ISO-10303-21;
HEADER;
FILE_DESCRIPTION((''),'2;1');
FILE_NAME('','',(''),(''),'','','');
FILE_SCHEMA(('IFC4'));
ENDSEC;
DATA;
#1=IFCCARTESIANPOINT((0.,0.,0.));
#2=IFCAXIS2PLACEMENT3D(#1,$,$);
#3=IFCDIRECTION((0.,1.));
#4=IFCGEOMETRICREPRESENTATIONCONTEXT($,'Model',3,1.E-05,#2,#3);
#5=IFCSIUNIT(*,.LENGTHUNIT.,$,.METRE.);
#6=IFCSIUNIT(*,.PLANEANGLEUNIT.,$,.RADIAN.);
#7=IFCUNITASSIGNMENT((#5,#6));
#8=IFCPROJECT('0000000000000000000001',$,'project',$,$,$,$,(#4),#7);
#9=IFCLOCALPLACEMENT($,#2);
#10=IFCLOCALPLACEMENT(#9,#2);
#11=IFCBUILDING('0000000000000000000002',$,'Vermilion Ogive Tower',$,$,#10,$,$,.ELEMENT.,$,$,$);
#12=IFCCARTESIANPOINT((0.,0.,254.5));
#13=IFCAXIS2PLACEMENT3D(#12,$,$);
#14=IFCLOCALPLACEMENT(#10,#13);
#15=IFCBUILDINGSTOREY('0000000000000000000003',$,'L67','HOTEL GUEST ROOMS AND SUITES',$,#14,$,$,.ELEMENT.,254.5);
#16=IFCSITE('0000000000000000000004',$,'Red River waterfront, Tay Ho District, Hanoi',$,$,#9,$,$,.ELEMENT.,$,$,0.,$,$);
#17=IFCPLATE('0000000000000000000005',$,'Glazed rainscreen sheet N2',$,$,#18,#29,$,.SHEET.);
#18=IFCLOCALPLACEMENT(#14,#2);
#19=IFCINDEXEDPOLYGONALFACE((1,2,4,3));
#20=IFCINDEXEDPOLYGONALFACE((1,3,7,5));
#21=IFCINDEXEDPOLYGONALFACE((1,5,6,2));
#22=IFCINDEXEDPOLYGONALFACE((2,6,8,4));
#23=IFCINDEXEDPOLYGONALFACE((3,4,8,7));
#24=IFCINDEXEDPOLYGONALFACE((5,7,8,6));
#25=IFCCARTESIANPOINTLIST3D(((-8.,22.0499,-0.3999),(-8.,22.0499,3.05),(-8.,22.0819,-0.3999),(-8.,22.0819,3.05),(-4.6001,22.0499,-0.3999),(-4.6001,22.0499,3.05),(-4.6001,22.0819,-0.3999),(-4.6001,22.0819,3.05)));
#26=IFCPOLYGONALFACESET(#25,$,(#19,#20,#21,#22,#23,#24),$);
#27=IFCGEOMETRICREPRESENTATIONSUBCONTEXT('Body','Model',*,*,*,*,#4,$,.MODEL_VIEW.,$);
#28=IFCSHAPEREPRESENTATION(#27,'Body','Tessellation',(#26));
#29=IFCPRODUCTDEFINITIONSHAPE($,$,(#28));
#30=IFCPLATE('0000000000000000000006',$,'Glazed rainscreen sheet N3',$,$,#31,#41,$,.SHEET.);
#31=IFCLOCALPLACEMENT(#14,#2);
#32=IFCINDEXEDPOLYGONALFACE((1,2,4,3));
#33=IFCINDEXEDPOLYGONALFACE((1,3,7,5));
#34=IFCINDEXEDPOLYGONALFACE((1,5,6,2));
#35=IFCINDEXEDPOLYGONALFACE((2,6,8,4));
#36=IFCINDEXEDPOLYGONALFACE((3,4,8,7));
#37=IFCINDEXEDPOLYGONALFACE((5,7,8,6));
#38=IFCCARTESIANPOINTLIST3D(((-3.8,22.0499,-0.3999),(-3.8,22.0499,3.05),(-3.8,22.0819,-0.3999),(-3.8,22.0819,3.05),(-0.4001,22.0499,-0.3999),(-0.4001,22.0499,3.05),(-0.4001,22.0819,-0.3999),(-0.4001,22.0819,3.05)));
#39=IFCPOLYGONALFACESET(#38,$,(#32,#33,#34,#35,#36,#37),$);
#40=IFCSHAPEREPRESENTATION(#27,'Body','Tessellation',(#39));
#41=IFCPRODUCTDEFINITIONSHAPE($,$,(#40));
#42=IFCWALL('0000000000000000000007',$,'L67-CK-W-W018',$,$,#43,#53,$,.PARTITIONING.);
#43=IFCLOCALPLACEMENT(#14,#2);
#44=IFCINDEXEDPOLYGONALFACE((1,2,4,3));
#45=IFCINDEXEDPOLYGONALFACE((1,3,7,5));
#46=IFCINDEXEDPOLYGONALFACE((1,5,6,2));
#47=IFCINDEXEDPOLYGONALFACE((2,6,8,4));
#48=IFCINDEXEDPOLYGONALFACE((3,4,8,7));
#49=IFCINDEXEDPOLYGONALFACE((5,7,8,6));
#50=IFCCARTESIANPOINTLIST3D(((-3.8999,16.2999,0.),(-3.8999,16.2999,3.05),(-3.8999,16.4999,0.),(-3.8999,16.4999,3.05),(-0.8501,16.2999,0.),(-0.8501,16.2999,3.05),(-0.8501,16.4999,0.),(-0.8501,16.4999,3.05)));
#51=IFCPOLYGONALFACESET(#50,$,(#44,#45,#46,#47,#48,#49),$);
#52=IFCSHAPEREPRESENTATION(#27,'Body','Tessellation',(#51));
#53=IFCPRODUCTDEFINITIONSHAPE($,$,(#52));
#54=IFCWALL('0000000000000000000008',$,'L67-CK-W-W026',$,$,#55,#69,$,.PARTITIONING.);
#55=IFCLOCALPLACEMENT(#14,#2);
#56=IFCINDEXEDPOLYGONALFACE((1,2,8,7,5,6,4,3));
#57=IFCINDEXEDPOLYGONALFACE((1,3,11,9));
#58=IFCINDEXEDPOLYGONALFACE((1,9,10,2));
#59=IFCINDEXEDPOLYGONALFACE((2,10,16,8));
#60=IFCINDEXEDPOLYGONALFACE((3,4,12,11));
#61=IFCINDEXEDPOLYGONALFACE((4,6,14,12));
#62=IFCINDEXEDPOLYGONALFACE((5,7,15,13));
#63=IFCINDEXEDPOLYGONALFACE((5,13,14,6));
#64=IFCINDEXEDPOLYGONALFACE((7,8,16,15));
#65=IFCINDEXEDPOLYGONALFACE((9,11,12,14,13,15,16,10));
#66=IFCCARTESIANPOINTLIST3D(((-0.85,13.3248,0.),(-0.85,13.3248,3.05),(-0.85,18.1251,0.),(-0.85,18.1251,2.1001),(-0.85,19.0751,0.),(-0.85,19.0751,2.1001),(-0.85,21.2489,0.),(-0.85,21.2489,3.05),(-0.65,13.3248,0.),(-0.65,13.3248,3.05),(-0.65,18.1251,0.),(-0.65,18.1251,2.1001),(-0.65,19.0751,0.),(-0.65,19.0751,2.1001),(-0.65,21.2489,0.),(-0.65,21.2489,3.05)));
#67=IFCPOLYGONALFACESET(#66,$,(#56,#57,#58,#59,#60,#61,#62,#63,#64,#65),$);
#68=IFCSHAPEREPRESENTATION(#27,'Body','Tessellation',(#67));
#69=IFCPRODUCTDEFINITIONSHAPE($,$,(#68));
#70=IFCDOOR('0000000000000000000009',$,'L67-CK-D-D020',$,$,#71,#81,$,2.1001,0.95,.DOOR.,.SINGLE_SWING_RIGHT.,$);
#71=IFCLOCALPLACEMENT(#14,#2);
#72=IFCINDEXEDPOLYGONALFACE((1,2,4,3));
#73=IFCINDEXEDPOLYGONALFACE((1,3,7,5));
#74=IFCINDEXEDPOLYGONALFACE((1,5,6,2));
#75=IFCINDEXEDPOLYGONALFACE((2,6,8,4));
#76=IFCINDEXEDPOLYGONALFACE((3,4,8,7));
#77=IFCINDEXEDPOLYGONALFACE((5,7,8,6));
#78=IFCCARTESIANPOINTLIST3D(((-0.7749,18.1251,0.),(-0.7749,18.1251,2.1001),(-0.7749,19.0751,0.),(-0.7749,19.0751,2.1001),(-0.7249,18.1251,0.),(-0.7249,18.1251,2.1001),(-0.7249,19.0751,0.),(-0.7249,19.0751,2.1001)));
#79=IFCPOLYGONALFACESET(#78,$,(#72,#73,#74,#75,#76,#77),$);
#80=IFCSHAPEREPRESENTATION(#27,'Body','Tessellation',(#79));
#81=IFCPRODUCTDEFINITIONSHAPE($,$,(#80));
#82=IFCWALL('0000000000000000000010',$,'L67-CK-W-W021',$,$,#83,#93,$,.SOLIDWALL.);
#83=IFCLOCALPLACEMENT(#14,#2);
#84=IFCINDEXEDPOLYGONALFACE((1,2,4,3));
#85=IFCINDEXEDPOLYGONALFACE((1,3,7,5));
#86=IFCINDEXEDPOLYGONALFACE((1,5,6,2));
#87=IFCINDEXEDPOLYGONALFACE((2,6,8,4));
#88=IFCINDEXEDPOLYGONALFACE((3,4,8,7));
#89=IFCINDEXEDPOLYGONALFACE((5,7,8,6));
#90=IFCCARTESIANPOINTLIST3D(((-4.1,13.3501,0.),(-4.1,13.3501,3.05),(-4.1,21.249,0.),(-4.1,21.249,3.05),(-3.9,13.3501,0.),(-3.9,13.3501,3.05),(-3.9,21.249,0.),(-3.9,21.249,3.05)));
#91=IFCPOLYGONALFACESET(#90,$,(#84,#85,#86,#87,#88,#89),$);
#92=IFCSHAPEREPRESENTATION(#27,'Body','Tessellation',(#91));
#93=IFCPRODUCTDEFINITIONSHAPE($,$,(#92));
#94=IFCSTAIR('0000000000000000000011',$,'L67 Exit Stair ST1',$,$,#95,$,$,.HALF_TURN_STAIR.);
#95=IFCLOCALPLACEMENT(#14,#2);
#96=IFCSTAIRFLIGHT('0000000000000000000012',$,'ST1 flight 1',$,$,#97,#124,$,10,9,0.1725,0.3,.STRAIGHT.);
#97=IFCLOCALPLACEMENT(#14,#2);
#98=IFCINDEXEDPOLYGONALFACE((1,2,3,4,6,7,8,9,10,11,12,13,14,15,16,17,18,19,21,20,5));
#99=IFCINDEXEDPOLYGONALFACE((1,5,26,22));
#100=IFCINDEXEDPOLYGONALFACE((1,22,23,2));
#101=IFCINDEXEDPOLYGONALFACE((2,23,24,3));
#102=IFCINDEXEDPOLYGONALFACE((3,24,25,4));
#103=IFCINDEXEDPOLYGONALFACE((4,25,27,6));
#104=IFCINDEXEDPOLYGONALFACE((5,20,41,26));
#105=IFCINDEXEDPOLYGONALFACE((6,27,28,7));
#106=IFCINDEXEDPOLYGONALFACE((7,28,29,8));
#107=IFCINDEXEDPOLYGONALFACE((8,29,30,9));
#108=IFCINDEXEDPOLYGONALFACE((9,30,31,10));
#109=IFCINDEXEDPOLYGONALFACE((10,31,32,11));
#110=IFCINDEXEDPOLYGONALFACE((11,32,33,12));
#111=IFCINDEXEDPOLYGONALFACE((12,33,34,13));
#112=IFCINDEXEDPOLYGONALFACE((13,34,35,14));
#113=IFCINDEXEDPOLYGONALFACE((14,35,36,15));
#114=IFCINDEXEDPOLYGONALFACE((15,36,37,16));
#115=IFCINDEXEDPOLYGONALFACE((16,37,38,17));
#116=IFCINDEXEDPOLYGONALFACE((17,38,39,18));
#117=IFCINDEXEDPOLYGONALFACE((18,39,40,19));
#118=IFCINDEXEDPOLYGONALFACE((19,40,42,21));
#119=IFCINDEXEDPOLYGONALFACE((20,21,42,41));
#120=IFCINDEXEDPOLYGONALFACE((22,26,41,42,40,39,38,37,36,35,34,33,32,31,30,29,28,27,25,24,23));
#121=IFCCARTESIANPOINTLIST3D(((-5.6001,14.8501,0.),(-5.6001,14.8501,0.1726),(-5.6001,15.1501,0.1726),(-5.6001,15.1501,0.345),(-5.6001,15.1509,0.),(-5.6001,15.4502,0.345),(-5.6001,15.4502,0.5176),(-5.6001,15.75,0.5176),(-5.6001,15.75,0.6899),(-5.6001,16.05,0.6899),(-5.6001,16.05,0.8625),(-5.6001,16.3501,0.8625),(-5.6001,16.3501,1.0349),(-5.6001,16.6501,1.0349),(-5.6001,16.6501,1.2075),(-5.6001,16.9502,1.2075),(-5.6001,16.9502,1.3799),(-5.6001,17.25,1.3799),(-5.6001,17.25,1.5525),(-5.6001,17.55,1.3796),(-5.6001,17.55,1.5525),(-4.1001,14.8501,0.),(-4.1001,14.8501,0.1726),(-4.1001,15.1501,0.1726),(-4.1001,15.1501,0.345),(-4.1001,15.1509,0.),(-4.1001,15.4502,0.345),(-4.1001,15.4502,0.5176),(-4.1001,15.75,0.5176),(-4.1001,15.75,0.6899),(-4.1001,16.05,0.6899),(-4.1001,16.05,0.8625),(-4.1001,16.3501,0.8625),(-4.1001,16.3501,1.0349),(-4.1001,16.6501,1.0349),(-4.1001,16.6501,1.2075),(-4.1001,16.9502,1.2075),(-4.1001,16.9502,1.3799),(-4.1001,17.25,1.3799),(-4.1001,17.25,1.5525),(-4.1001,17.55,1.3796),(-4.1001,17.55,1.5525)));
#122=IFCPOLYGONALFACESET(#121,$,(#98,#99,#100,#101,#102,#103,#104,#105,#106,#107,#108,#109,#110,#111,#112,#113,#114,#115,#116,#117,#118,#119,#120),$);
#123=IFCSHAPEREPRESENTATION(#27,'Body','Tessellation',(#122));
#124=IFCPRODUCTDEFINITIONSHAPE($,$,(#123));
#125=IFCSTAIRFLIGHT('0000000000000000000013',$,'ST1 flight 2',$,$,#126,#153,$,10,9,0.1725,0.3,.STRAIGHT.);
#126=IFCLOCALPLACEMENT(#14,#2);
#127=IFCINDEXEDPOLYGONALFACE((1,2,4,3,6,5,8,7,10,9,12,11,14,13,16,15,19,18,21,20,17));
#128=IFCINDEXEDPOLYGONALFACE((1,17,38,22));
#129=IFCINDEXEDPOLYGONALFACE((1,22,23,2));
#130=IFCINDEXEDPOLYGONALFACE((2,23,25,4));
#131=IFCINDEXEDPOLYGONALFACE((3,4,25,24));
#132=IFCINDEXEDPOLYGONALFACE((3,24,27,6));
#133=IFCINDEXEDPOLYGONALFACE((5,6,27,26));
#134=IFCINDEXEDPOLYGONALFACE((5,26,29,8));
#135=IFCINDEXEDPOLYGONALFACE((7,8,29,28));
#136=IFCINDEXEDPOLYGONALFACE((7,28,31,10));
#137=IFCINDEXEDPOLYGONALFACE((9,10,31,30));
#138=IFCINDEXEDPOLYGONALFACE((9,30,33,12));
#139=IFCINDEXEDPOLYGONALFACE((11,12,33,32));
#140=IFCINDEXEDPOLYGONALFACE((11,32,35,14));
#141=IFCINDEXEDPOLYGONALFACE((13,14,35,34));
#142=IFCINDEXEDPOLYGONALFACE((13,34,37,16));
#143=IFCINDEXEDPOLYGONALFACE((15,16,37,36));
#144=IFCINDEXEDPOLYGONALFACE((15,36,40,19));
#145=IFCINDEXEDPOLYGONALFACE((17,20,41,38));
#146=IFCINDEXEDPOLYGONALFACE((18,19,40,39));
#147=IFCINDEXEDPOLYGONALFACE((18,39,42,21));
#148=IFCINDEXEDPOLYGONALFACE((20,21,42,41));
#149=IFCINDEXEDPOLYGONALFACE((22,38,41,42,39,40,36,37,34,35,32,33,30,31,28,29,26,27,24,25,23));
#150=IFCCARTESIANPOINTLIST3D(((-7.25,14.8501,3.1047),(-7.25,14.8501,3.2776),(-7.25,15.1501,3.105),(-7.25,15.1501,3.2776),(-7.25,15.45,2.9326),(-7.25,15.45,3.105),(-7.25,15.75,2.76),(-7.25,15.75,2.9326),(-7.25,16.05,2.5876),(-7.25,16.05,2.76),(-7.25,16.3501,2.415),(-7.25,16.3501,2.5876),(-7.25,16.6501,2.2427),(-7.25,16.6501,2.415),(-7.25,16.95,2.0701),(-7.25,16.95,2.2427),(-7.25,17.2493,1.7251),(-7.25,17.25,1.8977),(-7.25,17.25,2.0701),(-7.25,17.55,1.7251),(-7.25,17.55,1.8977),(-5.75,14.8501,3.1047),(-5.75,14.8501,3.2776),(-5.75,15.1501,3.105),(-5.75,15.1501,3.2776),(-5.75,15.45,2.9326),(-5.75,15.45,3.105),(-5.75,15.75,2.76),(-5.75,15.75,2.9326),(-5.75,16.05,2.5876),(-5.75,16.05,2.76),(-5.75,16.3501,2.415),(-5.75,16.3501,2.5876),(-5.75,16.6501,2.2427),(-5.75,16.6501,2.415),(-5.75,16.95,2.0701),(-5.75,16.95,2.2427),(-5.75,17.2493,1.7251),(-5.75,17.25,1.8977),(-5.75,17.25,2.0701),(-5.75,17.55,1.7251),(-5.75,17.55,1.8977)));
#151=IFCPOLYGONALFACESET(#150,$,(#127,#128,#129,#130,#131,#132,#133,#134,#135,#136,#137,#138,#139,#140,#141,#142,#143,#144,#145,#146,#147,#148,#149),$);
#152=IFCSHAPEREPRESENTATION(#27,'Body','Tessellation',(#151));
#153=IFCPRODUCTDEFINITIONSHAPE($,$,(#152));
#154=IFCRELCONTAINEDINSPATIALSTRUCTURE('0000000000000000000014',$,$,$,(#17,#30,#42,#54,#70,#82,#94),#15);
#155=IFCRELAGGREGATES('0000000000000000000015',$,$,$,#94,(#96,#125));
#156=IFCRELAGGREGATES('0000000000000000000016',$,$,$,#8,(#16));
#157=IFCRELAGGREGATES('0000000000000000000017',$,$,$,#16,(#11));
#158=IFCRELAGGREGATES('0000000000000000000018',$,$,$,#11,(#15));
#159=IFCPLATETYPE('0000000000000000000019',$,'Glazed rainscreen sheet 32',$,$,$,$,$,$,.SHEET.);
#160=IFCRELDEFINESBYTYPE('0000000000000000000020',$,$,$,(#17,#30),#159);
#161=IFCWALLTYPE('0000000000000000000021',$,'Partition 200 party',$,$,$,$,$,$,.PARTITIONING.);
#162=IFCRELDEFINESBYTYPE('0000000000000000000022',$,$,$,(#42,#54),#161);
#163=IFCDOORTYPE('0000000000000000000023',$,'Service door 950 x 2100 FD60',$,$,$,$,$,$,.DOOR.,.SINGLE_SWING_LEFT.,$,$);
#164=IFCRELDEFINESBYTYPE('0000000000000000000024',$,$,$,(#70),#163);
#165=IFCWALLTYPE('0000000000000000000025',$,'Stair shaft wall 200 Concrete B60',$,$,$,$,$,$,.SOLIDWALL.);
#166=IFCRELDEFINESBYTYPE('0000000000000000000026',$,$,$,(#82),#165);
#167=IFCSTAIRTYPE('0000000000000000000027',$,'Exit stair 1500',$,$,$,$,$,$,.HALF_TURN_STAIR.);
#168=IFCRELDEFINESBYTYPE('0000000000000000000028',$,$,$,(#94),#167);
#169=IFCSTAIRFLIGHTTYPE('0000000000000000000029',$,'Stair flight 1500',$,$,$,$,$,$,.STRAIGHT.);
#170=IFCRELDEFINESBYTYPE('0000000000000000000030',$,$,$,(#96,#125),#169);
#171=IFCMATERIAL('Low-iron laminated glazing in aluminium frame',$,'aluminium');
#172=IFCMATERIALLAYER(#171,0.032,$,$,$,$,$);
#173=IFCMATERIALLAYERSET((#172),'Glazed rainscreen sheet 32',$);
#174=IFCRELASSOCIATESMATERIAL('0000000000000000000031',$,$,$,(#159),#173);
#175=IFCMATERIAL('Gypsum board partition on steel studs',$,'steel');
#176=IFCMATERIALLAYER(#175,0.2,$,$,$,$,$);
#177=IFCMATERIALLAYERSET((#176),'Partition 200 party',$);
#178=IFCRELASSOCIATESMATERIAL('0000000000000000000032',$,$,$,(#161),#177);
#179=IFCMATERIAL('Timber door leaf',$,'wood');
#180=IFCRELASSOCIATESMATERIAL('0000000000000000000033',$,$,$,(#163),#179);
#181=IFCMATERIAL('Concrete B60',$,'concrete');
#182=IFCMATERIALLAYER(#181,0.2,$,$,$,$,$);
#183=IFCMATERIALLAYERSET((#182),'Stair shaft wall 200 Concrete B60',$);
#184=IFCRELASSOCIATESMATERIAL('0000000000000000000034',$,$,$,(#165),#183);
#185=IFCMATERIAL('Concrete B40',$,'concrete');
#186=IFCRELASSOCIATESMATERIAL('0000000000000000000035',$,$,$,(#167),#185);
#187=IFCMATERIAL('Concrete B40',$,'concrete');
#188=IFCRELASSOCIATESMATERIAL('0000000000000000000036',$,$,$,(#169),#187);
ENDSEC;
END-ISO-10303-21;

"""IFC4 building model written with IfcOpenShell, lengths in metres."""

from ifc_helpers import new_model, si_unit, direction, frame, frame_2d, origin, origin_2d, place, context, subcontext, project, spatial, polyline, rectangle, outline, extrude, material, layer, layer_set, type_object, element, fill, aggregate, save


model = new_model("IFC4")

# Units and contexts
model_context = context("Model", 3, precision=1e-05, world=origin(), true_north=direction((0.0, 1.0)))
body_context = subcontext(model_context, "Body", "Model", "MODEL_VIEW")
ifc_project = project(units=[si_unit("LENGTHUNIT", "METRE"), si_unit("PLANEANGLEUNIT", "RADIAN")], contexts=[model_context])

# Site, building, storey
site_placement = place(None, origin())
site = spatial("IfcSite", under=ifc_project, at=site_placement, Name="Red River waterfront, Tay Ho District, Hanoi", CompositionType="ELEMENT", RefElevation=0.0)
building_placement = place(site_placement, origin())
building = spatial("IfcBuilding", under=site, at=building_placement, Name="Vermilion Ogive Tower", CompositionType="ELEMENT")
storey_placement = place(building_placement, frame((0.0, 0.0, 254.5)))
storey = spatial("IfcBuildingStorey", under=building, at=storey_placement, Name="L67", Description="HOTEL GUEST ROOMS AND SUITES", CompositionType="ELEMENT", Elevation=254.5)

# Plates
ifc_material_1 = material(Name="Low-iron laminated glazing in aluminium frame", Category="aluminium")
ifc_layer_1 = layer(ifc_material_1, 0.032)
ifc_layer_set_1 = layer_set([ifc_layer_1], Name="Glazed rainscreen sheet 32")
plate_type = type_object("IfcPlateType", Name="Glazed rainscreen sheet 32", PredefinedType="SHEET", material=ifc_layer_set_1)
for number, where, z_axis, x_axis, name in (
    (1, (-6.3, 22.0659, -0.3999), (0.0, 0.0, 1.0), (1.0, 0.0, 0.0), "Glazed rainscreen sheet N2"),
    (2, (-2.1001, 22.0659, -0.3999), (0.0, 0.0, 1.0), (1.0, 0.0, 0.0), "Glazed rainscreen sheet N3"),
):
    element("IfcPlate", number, at=place(storey_placement, frame(where, z_axis=z_axis, x_axis=x_axis)), inside=storey, type_object=plate_type, Name=name, PredefinedType="SHEET", context=body_context, shape_type="SweptSolid", body=[
        extrude(rectangle(XDim=3.3999, YDim=0.032, at=origin_2d()), origin(), (0.0, 0.0, 1.0), 3.45),
    ])

# Wall
ifc_material_2 = material(Name="Gypsum board partition on steel studs", Category="steel")
ifc_layer_2 = layer(ifc_material_2, 0.2)
ifc_layer_set_2 = layer_set([ifc_layer_2], Name="Partition 200 party")
wall_type_1 = type_object("IfcWallType", Name="Partition 200 party", PredefinedType="PARTITIONING", material=ifc_layer_set_2)
wall_1_placement = place(storey_placement, frame((-3.8999, 16.3999, 0.0), z_axis=(0.0, 0.0, 1.0), x_axis=(1.0, 0.0, 0.0)))
element("IfcWall", 3, at=wall_1_placement, inside=storey, type_object=wall_type_1, Name="L67-CK-W-W018", PredefinedType="PARTITIONING", context=body_context, shape_type="SweptSolid", body=[
    extrude(rectangle(XDim=3.0498, YDim=0.2, at=frame_2d((1.5249, 0.0))), origin(), (0.0, 0.0, 1.0), 3.05),
])

# Wall, opening, door
wall_2_placement = place(storey_placement, frame((-0.75, 13.325, 0.0), z_axis=(0.0, 0.0, 1.0), x_axis=(0.0, 1.0, 0.0)))
wall_2 = element("IfcWall", 4, at=wall_2_placement, inside=storey, type_object=wall_type_1, Name="L67-CK-W-W026", PredefinedType="PARTITIONING", context=body_context, shape_type="SweptSolid", body=[
    extrude(rectangle(XDim=7.9241, YDim=0.2, at=frame_2d((3.9619, 0.0))), origin(), (0.0, 0.0, 1.0), 3.05),
])
opening_placement = place(wall_2_placement, frame((4.8, 0.0, 0.0)))
opening = element("IfcOpeningElement", 5, at=opening_placement, cuts=wall_2, PredefinedType="OPENING", context=body_context, shape_type="SweptSolid", body=[
    extrude(rectangle(XDim=0.95, YDim=2.1001, at=frame_2d((0.4751, 1.05))), frame((0.0, 0.1099, 0.0), z_axis=(0.0, -1.0, 0.0), x_axis=(1.0, 0.0, 0.0)), (0.0, 0.0, 1.0), 0.22),
])
ifc_material_3 = material(Name="Timber door leaf", Category="wood")
door_type = type_object("IfcDoorType", Name="Service door 950 x 2100 FD60", OperationType="SINGLE_SWING_LEFT", PredefinedType="DOOR", material=ifc_material_3)
door_placement = place(opening_placement, origin())
door = element("IfcDoor", 6, at=door_placement, inside=storey, type_object=door_type, Name="L67-CK-D-D020", OperationType="SINGLE_SWING_RIGHT", OverallHeight=2.1001, OverallWidth=0.95, PredefinedType="DOOR", context=body_context, shape_type="SweptSolid", body=[
    extrude(rectangle(XDim=0.95, YDim=2.1001, at=frame_2d((0.4751, 1.05))), frame((0.0, 0.0249, 0.0), z_axis=(0.0, -1.0, 0.0), x_axis=(1.0, 0.0, 0.0)), (0.0, 0.0, 1.0), 0.05),
])
fill(opening, door)

# Wall
ifc_material_4 = material(Name="Concrete B60", Category="concrete")
ifc_layer_3 = layer(ifc_material_4, 0.2)
ifc_layer_set_3 = layer_set([ifc_layer_3], Name="Stair shaft wall 200 Concrete B60")
wall_type_2 = type_object("IfcWallType", Name="Stair shaft wall 200 Concrete B60", PredefinedType="SOLIDWALL", material=ifc_layer_set_3)
wall_3_placement = place(storey_placement, frame((-4.0, 13.3501, 0.0), z_axis=(0.0, 0.0, 1.0), x_axis=(0.0, 1.0, 0.0)))
element("IfcWall", 7, at=wall_3_placement, inside=storey, type_object=wall_type_2, Name="L67-CK-W-W021", PredefinedType="SOLIDWALL", context=body_context, shape_type="SweptSolid", body=[
    extrude(rectangle(XDim=7.8989, YDim=0.2, at=frame_2d((3.9495, 0.0))), origin(), (0.0, 0.0, 1.0), 3.05),
])

# Stair, stair flights
ifc_material_5 = material(Name="Concrete B40", Category="concrete")
stair_type = type_object("IfcStairType", Name="Exit stair 1500", PredefinedType="HALF_TURN_STAIR", material=ifc_material_5)
stair_placement = place(storey_placement, origin())
stair = element("IfcStair", 8, at=stair_placement, inside=storey, type_object=stair_type, Name="L67 Exit Stair ST1", PredefinedType="HALF_TURN_STAIR")
ifc_material_6 = material(Name="Concrete B40", Category="concrete")
stair_flight_type = type_object("IfcStairFlightType", Name="Stair flight 1500", PredefinedType="STRAIGHT", material=ifc_material_6)
stair_flight_1_placement = place(storey_placement, frame((-4.8501, 14.8501, 0.0), z_axis=(0.0, 0.0, 1.0), x_axis=(0.0, 1.0, 0.0)))
stair_flight_1 = element("IfcStairFlight", 9, at=stair_flight_1_placement, type_object=stair_flight_type, Name="ST1 flight 1", NumberOfRisers=10, NumberOfTreads=9, PredefinedType="STRAIGHT", RiserHeight=0.1725, TreadLength=0.3, context=body_context, shape_type="SweptSolid", body=[
    extrude(outline(polyline([(0.0, 0.0), (0.0, 0.1726), (0.3, 0.1726), (0.3, 0.345), (0.6001, 0.345), (0.6001, 0.5176), (0.8999, 0.5176), (0.8999, 0.6899), (1.2, 0.6899), (1.2, 0.8625), (1.5, 0.8625), (1.5, 1.0349), (1.8, 1.0349), (1.8, 1.2075), (2.1001, 1.2075), (2.1001, 1.3799), (2.3999, 1.3799), (2.3999, 1.5525), (2.7, 1.5525), (2.7, 1.7251), (2.7, 1.3796), (0.3008, 0.0), (0.0, 0.0)])), frame((0.0, 0.75, 0.0), z_axis=(0.0, -1.0, 0.0), x_axis=(1.0, 0.0, 0.0)), (0.0, 0.0, 1.0), 1.5),
])
stair_flight_2_placement = place(storey_placement, frame((-6.5, 17.55, 1.7251), z_axis=(0.0, 0.0, 1.0), x_axis=(0.0, -1.0, 0.0)))
stair_flight_2 = element("IfcStairFlight", 10, at=stair_flight_2_placement, type_object=stair_flight_type, Name="ST1 flight 2", NumberOfRisers=10, NumberOfTreads=9, PredefinedType="STRAIGHT", RiserHeight=0.1725, TreadLength=0.3, context=body_context, shape_type="SweptSolid", body=[
    extrude(outline(polyline([(0.0, 0.0), (0.0, 0.1726), (0.3, 0.1726), (0.3, 0.345), (0.6001, 0.345), (0.6001, 0.5176), (0.8999, 0.5176), (0.8999, 0.6899), (1.2, 0.6899), (1.2, 0.8625), (1.5, 0.8625), (1.5, 1.0349), (1.8, 1.0349), (1.8, 1.2075), (2.1001, 1.2075), (2.1001, 1.3799), (2.3999, 1.3799), (2.3999, 1.5525), (2.7, 1.5525), (2.7, 1.7251), (2.7, 1.3796), (0.3008, 0.0), (0.0, 0.0)])), frame((0.0, 0.75, 0.0), z_axis=(0.0, -1.0, 0.0), x_axis=(1.0, 0.0, 0.0)), (0.0, 0.0, 1.0), 1.5),
])
aggregate(stair, [stair_flight_1, stair_flight_2])

save(model, "model.ifc")
